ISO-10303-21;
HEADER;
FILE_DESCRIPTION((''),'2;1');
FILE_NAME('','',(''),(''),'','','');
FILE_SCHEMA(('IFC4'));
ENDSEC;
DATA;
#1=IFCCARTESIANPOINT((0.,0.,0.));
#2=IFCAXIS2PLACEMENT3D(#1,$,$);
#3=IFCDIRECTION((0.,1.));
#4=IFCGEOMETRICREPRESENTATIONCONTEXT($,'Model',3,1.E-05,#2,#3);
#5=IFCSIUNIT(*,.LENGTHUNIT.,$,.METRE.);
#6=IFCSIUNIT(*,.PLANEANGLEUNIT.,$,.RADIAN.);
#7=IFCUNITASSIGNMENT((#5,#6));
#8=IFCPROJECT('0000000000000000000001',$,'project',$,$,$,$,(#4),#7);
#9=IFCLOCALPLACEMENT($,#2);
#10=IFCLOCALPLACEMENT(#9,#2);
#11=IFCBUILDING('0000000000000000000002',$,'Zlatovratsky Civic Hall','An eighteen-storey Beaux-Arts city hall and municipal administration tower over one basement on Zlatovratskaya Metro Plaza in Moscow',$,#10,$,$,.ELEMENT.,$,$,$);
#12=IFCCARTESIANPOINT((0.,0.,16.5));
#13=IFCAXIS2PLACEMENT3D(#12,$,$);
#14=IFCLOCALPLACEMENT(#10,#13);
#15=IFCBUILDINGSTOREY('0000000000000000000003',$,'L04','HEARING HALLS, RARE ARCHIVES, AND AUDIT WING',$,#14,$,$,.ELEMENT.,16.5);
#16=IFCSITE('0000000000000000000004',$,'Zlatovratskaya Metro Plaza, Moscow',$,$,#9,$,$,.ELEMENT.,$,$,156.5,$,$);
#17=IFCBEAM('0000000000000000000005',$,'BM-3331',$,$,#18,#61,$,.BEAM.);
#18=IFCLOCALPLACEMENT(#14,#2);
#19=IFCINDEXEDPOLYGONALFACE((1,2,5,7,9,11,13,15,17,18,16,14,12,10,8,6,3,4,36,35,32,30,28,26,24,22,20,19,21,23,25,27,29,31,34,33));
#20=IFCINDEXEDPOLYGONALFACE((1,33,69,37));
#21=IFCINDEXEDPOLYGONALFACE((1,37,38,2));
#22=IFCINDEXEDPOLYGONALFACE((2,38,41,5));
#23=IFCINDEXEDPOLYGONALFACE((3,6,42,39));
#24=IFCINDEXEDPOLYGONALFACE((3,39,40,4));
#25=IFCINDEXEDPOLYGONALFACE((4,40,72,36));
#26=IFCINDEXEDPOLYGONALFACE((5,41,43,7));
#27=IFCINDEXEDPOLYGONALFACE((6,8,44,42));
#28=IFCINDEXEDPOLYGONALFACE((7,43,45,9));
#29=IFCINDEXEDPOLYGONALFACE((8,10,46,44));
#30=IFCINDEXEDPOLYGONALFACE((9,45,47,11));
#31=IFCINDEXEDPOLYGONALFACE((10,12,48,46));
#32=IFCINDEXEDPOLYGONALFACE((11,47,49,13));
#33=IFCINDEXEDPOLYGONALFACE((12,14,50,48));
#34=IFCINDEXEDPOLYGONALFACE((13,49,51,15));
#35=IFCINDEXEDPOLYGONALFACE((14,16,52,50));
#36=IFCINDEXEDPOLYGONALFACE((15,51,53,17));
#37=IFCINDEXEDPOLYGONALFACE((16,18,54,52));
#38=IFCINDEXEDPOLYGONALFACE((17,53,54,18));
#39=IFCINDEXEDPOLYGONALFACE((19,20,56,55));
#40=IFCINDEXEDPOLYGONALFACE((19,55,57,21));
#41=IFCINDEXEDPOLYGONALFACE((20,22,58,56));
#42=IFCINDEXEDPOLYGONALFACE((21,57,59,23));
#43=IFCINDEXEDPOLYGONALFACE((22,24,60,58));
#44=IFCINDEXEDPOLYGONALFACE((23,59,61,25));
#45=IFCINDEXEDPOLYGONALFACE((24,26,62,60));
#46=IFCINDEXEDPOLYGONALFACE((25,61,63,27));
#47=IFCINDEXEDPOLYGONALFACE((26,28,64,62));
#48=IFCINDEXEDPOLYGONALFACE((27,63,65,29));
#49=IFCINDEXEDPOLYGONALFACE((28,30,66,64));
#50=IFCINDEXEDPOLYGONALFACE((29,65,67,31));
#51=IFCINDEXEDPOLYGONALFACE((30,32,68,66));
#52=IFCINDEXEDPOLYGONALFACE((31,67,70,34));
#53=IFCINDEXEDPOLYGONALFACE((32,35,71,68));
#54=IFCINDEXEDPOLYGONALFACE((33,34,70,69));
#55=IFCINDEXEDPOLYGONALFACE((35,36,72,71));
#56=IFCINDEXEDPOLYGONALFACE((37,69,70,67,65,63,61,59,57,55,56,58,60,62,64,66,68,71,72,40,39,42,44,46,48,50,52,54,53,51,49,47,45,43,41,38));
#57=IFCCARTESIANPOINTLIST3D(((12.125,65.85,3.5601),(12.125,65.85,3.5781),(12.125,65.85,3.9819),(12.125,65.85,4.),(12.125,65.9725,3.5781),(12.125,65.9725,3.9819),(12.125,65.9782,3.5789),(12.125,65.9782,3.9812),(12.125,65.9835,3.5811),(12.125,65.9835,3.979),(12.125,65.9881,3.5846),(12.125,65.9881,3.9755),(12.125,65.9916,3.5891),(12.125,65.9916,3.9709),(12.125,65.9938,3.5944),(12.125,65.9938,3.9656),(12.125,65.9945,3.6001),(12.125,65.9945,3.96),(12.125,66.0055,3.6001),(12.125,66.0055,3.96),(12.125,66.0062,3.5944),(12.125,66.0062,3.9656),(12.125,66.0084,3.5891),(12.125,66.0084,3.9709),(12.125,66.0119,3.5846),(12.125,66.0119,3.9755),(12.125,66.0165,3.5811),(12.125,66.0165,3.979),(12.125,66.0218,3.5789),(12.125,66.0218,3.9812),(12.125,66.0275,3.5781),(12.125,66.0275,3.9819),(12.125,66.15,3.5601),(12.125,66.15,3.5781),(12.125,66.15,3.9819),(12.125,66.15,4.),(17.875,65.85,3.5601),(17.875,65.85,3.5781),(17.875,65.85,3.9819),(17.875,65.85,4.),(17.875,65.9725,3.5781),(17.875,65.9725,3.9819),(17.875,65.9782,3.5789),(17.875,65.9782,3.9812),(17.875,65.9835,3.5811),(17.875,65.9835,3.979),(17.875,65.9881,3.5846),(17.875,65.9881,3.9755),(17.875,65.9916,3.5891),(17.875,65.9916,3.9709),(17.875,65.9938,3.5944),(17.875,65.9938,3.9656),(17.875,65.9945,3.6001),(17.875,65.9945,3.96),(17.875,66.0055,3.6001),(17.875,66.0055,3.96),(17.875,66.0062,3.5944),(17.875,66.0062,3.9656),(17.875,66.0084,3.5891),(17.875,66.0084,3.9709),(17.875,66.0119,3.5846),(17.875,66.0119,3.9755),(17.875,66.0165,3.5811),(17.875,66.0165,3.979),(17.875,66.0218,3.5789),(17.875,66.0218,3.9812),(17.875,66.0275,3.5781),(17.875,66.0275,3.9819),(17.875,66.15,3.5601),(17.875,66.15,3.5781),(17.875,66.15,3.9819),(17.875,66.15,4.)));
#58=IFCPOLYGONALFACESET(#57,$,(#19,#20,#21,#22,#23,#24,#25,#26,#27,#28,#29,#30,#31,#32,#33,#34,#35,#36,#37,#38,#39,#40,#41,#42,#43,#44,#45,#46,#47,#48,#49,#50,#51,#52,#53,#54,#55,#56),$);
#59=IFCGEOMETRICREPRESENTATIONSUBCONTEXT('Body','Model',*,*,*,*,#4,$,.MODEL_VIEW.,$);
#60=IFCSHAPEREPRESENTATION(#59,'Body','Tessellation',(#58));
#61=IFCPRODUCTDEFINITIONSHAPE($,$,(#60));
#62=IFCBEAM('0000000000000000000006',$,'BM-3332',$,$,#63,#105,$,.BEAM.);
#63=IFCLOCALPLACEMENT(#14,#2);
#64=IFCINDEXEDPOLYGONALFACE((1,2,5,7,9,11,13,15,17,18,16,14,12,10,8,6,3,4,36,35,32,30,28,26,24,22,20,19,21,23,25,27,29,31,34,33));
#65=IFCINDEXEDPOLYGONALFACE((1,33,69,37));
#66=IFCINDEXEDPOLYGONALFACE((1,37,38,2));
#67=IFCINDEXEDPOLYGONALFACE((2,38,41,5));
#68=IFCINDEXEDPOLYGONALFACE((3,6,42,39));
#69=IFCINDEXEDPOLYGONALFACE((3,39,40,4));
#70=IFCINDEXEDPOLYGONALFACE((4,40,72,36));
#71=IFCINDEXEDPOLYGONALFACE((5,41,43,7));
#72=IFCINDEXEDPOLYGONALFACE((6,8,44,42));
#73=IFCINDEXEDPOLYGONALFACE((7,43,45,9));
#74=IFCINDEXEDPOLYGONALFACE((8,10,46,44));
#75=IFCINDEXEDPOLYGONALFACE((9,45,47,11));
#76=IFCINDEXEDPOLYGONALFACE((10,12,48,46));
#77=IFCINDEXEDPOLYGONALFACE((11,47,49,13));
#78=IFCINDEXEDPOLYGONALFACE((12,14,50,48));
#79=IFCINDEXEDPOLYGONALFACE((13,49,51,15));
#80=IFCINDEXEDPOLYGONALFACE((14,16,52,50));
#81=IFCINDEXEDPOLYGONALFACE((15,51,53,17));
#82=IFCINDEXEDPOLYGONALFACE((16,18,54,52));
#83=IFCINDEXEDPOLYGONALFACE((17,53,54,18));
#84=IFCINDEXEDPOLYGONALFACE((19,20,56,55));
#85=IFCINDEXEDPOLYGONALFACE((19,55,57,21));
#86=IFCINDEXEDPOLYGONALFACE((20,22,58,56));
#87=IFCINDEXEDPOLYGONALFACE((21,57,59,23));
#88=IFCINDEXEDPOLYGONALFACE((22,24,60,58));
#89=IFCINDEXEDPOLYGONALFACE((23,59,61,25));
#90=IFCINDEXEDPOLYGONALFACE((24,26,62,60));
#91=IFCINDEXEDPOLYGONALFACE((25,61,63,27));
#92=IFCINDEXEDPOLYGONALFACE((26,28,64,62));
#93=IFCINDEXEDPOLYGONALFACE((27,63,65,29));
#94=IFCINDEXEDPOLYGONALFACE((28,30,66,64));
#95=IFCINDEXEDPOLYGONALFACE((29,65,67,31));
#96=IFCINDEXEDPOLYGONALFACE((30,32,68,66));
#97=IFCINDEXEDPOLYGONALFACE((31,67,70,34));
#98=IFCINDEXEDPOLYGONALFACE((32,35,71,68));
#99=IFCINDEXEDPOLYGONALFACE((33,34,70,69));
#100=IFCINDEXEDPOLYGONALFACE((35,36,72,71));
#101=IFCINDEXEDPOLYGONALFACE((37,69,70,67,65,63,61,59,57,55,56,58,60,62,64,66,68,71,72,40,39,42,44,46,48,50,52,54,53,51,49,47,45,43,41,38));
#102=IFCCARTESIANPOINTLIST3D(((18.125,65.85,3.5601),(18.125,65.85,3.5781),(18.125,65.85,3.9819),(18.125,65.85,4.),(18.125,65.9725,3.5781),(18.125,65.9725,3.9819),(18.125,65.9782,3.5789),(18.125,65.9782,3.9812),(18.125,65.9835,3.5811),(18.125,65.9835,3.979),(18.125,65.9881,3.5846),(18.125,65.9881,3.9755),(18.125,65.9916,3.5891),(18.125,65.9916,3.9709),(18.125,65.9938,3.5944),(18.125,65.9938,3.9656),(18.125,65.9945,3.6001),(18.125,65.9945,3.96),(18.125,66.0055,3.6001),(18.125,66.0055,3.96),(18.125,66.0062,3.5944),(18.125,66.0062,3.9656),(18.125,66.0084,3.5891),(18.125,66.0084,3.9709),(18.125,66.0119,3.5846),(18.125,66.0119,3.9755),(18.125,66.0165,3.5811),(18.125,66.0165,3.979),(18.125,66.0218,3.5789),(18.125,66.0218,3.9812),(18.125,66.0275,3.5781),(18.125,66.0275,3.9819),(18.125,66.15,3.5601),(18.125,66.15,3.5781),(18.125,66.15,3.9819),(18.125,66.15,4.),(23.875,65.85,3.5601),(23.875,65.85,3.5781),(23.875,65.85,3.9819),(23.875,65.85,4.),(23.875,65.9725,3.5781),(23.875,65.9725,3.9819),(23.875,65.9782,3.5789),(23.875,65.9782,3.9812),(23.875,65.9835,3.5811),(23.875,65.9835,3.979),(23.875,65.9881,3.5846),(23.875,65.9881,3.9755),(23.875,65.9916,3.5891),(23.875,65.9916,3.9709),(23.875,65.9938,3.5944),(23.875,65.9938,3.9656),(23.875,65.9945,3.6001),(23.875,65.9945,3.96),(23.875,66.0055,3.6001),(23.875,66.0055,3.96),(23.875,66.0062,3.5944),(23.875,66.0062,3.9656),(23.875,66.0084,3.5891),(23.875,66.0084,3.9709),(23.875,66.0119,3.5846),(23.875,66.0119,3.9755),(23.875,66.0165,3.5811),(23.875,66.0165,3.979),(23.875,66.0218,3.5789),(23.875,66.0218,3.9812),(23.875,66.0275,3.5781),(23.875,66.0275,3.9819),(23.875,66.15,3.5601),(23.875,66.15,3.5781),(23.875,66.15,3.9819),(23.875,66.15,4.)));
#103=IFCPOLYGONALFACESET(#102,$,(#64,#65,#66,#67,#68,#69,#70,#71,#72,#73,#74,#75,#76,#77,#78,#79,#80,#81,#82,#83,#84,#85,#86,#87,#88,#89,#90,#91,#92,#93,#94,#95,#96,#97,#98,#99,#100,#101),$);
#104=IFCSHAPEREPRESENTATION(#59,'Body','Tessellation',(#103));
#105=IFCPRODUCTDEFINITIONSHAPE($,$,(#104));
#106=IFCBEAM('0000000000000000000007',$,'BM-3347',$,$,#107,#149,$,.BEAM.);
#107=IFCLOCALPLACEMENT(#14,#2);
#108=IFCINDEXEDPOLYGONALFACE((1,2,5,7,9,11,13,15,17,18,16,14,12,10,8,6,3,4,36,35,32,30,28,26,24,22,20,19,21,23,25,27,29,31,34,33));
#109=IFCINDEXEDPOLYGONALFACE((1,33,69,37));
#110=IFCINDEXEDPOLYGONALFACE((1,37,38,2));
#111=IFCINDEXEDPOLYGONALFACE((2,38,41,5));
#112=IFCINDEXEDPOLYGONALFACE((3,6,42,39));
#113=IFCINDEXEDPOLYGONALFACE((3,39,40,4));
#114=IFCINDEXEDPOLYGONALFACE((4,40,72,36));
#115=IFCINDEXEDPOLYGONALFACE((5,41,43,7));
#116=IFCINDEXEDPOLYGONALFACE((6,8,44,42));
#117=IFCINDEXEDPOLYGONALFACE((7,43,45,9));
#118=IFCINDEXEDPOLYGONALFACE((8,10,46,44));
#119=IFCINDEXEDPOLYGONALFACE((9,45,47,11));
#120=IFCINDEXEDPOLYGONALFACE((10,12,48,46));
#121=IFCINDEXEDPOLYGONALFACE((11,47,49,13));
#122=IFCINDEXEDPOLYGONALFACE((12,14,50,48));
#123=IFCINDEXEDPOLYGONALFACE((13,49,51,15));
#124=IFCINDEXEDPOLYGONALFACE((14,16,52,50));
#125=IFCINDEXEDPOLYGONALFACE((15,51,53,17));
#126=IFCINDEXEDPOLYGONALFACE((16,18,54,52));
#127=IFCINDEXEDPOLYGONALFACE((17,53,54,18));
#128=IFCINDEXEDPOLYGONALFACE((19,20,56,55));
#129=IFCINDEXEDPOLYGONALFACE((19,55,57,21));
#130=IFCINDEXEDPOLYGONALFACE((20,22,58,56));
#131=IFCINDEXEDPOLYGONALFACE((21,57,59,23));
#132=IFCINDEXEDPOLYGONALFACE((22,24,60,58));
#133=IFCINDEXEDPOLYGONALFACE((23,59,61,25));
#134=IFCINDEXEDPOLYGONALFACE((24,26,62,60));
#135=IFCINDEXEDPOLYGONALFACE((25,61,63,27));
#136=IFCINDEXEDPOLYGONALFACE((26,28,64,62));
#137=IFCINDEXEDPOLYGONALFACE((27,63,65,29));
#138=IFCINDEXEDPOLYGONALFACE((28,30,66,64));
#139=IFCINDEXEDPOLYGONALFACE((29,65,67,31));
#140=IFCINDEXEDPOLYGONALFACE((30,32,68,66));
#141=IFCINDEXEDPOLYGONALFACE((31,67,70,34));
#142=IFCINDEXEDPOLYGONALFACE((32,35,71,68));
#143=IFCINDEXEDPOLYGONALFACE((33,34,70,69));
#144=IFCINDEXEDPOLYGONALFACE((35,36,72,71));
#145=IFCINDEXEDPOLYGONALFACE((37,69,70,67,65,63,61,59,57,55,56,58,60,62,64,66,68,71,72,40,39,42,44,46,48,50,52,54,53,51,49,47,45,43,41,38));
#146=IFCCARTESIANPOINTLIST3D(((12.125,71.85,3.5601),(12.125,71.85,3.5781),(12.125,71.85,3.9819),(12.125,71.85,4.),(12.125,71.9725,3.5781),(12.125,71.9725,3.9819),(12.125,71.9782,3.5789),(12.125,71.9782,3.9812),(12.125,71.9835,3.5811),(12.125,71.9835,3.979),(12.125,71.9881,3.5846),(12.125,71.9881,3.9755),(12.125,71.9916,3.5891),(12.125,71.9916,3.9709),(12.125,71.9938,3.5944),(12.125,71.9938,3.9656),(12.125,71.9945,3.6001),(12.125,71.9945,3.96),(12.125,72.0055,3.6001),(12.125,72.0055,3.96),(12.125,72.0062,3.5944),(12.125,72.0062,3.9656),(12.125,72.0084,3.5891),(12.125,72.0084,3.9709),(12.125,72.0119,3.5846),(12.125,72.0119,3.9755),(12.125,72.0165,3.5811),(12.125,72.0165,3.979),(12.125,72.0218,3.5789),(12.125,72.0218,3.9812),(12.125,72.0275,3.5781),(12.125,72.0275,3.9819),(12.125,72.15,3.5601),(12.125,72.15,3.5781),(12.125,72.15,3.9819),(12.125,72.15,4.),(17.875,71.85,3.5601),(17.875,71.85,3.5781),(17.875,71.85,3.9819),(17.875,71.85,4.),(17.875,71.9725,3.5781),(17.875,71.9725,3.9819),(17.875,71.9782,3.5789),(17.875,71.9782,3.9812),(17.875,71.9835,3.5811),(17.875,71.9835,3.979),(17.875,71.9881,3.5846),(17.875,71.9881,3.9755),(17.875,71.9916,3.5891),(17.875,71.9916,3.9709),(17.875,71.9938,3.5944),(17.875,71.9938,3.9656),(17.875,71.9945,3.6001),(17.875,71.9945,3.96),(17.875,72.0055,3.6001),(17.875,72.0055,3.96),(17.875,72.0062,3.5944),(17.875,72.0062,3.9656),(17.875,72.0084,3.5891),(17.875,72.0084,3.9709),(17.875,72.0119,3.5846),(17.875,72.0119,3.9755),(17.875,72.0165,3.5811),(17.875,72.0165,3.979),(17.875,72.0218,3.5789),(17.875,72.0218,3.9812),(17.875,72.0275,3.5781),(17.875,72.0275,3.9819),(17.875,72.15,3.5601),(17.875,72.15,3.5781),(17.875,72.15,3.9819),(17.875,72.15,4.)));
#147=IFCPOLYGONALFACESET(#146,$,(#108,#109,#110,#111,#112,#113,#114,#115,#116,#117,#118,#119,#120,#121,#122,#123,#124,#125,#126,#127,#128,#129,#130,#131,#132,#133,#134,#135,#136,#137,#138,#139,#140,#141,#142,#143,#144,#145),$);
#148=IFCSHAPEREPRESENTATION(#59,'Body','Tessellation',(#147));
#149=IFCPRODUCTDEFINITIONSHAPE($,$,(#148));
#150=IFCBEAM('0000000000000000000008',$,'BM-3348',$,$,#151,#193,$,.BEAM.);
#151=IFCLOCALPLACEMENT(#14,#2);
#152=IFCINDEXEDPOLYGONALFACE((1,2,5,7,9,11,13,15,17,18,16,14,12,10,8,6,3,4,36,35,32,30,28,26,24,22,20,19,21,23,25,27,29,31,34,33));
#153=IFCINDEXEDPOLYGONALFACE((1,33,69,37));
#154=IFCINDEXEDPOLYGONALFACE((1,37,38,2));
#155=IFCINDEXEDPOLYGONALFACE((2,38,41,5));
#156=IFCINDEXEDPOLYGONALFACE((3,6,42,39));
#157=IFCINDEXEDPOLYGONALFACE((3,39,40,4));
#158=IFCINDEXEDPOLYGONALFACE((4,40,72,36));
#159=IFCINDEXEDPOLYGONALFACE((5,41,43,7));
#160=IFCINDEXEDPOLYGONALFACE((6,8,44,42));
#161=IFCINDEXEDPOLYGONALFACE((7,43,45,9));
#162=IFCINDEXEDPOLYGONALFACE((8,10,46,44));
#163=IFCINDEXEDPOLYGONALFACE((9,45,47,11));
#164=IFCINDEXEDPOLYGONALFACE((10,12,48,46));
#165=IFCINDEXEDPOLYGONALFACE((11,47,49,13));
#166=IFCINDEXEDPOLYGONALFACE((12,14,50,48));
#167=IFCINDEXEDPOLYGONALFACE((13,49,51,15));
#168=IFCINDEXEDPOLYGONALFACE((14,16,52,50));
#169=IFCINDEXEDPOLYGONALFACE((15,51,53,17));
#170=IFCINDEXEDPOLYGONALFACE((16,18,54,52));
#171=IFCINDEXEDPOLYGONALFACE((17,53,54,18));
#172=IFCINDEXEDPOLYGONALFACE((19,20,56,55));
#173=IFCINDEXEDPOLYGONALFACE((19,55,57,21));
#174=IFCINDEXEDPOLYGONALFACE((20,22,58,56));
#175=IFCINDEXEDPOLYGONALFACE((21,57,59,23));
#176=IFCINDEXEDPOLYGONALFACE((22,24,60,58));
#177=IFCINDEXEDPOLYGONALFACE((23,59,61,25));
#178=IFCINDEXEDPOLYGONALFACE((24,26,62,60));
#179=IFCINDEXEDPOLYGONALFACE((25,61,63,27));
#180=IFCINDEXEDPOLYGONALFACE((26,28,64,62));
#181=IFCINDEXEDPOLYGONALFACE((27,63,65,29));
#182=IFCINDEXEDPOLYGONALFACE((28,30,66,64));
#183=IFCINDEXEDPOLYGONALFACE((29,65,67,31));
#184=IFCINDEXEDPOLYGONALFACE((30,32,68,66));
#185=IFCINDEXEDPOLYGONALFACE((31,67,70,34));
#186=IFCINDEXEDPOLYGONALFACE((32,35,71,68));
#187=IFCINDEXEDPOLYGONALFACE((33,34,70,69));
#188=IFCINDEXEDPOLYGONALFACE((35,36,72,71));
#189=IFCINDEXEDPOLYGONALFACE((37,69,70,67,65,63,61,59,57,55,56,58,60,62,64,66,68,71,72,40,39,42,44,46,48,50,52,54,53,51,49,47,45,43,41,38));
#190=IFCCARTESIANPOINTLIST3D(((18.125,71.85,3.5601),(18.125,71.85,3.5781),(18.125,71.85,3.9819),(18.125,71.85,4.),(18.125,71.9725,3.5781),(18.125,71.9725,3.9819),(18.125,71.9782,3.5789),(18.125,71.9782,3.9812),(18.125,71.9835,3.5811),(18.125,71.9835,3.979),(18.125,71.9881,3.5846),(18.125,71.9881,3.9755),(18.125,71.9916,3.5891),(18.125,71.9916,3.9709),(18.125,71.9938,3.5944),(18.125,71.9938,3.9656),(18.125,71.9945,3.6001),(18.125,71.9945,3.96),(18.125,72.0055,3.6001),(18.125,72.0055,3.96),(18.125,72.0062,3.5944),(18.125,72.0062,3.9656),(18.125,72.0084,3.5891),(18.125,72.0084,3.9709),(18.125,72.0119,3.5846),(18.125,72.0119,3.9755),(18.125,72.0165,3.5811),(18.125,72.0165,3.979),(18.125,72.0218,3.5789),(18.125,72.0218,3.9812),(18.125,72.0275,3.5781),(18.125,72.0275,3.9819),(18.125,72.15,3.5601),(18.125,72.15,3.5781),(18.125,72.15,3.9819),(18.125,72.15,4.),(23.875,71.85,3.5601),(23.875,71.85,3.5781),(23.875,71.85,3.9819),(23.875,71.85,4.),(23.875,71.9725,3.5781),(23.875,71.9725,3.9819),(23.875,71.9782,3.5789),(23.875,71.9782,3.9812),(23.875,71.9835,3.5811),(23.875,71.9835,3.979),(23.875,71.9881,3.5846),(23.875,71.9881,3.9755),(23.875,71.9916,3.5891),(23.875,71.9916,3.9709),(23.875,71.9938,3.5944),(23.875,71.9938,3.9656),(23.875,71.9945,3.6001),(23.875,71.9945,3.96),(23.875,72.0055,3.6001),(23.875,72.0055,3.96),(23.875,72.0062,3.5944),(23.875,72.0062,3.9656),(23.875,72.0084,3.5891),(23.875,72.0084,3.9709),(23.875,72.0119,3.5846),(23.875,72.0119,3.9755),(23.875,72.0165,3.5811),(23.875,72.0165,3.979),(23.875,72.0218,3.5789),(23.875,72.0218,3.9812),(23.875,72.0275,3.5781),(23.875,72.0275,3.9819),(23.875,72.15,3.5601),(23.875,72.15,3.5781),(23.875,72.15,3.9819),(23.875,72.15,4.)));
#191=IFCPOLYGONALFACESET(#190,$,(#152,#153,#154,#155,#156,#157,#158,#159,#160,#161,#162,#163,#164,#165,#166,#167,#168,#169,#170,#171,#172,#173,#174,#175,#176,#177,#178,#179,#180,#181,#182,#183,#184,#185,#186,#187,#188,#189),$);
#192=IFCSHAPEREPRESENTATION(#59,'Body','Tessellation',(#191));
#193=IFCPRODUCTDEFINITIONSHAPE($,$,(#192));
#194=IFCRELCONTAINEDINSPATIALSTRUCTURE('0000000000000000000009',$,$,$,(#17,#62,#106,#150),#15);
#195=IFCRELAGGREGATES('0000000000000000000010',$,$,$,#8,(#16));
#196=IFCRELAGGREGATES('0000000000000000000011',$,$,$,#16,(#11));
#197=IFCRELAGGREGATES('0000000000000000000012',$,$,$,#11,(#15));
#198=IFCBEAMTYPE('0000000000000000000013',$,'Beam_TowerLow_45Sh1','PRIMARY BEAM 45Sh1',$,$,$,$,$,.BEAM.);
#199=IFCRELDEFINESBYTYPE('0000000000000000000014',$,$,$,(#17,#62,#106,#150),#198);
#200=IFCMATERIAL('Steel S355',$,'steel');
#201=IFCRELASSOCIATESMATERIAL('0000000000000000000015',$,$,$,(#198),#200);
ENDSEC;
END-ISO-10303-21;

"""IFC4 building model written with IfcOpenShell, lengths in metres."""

from ifc_helpers import new_model, si_unit, direction, frame, origin, origin_2d, place, context, subcontext, project, spatial, i_section, extrude, material, material_profile, profile_set, type_object, element, save


model = new_model("IFC4")

# Units and contexts
model_context = context("Model", 3, precision=1e-05, world=origin(), true_north=direction((0.0, 1.0)))
body_context = subcontext(model_context, "Body", "Model", "MODEL_VIEW")
ifc_project = project(units=[si_unit("LENGTHUNIT", "METRE"), si_unit("PLANEANGLEUNIT", "RADIAN")], contexts=[model_context])

# Site, building, storey
site_placement = place(None, origin())
site = spatial("IfcSite", under=ifc_project, at=site_placement, Name="Zlatovratskaya Metro Plaza, Moscow", CompositionType="ELEMENT", RefElevation=156.5)
building_placement = place(site_placement, origin())
building = spatial("IfcBuilding", under=site, at=building_placement, Name="Zlatovratsky Civic Hall", Description="An eighteen-storey Beaux-Arts city hall and municipal administration tower over one basement on Zlatovratskaya Metro Plaza in Moscow", CompositionType="ELEMENT")
storey_placement = place(building_placement, frame((0.0, 0.0, 16.5)))
storey = spatial("IfcBuildingStorey", under=building, at=storey_placement, Name="L04", Description="HEARING HALLS, RARE ARCHIVES, AND AUDIT WING", CompositionType="ELEMENT", Elevation=16.5)

# Shared definitions
ifc_material_1 = material(Name="Steel S355", Category="steel")

# Beams
ifc_material_profile_1 = material_profile(ifc_material_1, i_section(OverallWidth=0.3, OverallDepth=0.4399, WebThickness=0.011, FlangeThickness=0.0181, FilletRadius=0.022, at=origin_2d()), Name="45Sh1")
ifc_profile_set_1 = profile_set([ifc_material_profile_1], Name="Steel S355")
beam_type_1 = type_object("IfcBeamType", Name="Beam_TowerLow_45Sh1", Description="PRIMARY BEAM 45Sh1", PredefinedType="BEAM", material=ifc_profile_set_1)
for number, where, z_axis, x_axis, name in (
    (1, (12.125, 66.0, 3.78), (1.0, 0.0, 0.0), (0.0, 1.0, 0.0), "BM-3331"),
    (2, (18.125, 66.0, 3.78), (1.0, 0.0, 0.0), (0.0, 1.0, 0.0), "BM-3332"),
    (3, (12.125, 72.0, 3.78), (1.0, 0.0, 0.0), (0.0, 1.0, 0.0), "BM-3347"),
    (4, (18.125, 72.0, 3.78), (1.0, 0.0, 0.0), (0.0, 1.0, 0.0), "BM-3348"),
):
    element("IfcBeam", number, at=place(storey_placement, frame(where, z_axis=z_axis, x_axis=x_axis)), inside=storey, type_object=beam_type_1, Name=name, PredefinedType="BEAM", context=body_context, shape_type="SweptSolid", body=[
        extrude(i_section(OverallWidth=0.3, OverallDepth=0.4399, WebThickness=0.011, FlangeThickness=0.0181, FilletRadius=0.022, at=origin_2d()), origin(), (0.0, 0.0, 1.0), 5.75),
    ])

save(model, "model.ifc")
